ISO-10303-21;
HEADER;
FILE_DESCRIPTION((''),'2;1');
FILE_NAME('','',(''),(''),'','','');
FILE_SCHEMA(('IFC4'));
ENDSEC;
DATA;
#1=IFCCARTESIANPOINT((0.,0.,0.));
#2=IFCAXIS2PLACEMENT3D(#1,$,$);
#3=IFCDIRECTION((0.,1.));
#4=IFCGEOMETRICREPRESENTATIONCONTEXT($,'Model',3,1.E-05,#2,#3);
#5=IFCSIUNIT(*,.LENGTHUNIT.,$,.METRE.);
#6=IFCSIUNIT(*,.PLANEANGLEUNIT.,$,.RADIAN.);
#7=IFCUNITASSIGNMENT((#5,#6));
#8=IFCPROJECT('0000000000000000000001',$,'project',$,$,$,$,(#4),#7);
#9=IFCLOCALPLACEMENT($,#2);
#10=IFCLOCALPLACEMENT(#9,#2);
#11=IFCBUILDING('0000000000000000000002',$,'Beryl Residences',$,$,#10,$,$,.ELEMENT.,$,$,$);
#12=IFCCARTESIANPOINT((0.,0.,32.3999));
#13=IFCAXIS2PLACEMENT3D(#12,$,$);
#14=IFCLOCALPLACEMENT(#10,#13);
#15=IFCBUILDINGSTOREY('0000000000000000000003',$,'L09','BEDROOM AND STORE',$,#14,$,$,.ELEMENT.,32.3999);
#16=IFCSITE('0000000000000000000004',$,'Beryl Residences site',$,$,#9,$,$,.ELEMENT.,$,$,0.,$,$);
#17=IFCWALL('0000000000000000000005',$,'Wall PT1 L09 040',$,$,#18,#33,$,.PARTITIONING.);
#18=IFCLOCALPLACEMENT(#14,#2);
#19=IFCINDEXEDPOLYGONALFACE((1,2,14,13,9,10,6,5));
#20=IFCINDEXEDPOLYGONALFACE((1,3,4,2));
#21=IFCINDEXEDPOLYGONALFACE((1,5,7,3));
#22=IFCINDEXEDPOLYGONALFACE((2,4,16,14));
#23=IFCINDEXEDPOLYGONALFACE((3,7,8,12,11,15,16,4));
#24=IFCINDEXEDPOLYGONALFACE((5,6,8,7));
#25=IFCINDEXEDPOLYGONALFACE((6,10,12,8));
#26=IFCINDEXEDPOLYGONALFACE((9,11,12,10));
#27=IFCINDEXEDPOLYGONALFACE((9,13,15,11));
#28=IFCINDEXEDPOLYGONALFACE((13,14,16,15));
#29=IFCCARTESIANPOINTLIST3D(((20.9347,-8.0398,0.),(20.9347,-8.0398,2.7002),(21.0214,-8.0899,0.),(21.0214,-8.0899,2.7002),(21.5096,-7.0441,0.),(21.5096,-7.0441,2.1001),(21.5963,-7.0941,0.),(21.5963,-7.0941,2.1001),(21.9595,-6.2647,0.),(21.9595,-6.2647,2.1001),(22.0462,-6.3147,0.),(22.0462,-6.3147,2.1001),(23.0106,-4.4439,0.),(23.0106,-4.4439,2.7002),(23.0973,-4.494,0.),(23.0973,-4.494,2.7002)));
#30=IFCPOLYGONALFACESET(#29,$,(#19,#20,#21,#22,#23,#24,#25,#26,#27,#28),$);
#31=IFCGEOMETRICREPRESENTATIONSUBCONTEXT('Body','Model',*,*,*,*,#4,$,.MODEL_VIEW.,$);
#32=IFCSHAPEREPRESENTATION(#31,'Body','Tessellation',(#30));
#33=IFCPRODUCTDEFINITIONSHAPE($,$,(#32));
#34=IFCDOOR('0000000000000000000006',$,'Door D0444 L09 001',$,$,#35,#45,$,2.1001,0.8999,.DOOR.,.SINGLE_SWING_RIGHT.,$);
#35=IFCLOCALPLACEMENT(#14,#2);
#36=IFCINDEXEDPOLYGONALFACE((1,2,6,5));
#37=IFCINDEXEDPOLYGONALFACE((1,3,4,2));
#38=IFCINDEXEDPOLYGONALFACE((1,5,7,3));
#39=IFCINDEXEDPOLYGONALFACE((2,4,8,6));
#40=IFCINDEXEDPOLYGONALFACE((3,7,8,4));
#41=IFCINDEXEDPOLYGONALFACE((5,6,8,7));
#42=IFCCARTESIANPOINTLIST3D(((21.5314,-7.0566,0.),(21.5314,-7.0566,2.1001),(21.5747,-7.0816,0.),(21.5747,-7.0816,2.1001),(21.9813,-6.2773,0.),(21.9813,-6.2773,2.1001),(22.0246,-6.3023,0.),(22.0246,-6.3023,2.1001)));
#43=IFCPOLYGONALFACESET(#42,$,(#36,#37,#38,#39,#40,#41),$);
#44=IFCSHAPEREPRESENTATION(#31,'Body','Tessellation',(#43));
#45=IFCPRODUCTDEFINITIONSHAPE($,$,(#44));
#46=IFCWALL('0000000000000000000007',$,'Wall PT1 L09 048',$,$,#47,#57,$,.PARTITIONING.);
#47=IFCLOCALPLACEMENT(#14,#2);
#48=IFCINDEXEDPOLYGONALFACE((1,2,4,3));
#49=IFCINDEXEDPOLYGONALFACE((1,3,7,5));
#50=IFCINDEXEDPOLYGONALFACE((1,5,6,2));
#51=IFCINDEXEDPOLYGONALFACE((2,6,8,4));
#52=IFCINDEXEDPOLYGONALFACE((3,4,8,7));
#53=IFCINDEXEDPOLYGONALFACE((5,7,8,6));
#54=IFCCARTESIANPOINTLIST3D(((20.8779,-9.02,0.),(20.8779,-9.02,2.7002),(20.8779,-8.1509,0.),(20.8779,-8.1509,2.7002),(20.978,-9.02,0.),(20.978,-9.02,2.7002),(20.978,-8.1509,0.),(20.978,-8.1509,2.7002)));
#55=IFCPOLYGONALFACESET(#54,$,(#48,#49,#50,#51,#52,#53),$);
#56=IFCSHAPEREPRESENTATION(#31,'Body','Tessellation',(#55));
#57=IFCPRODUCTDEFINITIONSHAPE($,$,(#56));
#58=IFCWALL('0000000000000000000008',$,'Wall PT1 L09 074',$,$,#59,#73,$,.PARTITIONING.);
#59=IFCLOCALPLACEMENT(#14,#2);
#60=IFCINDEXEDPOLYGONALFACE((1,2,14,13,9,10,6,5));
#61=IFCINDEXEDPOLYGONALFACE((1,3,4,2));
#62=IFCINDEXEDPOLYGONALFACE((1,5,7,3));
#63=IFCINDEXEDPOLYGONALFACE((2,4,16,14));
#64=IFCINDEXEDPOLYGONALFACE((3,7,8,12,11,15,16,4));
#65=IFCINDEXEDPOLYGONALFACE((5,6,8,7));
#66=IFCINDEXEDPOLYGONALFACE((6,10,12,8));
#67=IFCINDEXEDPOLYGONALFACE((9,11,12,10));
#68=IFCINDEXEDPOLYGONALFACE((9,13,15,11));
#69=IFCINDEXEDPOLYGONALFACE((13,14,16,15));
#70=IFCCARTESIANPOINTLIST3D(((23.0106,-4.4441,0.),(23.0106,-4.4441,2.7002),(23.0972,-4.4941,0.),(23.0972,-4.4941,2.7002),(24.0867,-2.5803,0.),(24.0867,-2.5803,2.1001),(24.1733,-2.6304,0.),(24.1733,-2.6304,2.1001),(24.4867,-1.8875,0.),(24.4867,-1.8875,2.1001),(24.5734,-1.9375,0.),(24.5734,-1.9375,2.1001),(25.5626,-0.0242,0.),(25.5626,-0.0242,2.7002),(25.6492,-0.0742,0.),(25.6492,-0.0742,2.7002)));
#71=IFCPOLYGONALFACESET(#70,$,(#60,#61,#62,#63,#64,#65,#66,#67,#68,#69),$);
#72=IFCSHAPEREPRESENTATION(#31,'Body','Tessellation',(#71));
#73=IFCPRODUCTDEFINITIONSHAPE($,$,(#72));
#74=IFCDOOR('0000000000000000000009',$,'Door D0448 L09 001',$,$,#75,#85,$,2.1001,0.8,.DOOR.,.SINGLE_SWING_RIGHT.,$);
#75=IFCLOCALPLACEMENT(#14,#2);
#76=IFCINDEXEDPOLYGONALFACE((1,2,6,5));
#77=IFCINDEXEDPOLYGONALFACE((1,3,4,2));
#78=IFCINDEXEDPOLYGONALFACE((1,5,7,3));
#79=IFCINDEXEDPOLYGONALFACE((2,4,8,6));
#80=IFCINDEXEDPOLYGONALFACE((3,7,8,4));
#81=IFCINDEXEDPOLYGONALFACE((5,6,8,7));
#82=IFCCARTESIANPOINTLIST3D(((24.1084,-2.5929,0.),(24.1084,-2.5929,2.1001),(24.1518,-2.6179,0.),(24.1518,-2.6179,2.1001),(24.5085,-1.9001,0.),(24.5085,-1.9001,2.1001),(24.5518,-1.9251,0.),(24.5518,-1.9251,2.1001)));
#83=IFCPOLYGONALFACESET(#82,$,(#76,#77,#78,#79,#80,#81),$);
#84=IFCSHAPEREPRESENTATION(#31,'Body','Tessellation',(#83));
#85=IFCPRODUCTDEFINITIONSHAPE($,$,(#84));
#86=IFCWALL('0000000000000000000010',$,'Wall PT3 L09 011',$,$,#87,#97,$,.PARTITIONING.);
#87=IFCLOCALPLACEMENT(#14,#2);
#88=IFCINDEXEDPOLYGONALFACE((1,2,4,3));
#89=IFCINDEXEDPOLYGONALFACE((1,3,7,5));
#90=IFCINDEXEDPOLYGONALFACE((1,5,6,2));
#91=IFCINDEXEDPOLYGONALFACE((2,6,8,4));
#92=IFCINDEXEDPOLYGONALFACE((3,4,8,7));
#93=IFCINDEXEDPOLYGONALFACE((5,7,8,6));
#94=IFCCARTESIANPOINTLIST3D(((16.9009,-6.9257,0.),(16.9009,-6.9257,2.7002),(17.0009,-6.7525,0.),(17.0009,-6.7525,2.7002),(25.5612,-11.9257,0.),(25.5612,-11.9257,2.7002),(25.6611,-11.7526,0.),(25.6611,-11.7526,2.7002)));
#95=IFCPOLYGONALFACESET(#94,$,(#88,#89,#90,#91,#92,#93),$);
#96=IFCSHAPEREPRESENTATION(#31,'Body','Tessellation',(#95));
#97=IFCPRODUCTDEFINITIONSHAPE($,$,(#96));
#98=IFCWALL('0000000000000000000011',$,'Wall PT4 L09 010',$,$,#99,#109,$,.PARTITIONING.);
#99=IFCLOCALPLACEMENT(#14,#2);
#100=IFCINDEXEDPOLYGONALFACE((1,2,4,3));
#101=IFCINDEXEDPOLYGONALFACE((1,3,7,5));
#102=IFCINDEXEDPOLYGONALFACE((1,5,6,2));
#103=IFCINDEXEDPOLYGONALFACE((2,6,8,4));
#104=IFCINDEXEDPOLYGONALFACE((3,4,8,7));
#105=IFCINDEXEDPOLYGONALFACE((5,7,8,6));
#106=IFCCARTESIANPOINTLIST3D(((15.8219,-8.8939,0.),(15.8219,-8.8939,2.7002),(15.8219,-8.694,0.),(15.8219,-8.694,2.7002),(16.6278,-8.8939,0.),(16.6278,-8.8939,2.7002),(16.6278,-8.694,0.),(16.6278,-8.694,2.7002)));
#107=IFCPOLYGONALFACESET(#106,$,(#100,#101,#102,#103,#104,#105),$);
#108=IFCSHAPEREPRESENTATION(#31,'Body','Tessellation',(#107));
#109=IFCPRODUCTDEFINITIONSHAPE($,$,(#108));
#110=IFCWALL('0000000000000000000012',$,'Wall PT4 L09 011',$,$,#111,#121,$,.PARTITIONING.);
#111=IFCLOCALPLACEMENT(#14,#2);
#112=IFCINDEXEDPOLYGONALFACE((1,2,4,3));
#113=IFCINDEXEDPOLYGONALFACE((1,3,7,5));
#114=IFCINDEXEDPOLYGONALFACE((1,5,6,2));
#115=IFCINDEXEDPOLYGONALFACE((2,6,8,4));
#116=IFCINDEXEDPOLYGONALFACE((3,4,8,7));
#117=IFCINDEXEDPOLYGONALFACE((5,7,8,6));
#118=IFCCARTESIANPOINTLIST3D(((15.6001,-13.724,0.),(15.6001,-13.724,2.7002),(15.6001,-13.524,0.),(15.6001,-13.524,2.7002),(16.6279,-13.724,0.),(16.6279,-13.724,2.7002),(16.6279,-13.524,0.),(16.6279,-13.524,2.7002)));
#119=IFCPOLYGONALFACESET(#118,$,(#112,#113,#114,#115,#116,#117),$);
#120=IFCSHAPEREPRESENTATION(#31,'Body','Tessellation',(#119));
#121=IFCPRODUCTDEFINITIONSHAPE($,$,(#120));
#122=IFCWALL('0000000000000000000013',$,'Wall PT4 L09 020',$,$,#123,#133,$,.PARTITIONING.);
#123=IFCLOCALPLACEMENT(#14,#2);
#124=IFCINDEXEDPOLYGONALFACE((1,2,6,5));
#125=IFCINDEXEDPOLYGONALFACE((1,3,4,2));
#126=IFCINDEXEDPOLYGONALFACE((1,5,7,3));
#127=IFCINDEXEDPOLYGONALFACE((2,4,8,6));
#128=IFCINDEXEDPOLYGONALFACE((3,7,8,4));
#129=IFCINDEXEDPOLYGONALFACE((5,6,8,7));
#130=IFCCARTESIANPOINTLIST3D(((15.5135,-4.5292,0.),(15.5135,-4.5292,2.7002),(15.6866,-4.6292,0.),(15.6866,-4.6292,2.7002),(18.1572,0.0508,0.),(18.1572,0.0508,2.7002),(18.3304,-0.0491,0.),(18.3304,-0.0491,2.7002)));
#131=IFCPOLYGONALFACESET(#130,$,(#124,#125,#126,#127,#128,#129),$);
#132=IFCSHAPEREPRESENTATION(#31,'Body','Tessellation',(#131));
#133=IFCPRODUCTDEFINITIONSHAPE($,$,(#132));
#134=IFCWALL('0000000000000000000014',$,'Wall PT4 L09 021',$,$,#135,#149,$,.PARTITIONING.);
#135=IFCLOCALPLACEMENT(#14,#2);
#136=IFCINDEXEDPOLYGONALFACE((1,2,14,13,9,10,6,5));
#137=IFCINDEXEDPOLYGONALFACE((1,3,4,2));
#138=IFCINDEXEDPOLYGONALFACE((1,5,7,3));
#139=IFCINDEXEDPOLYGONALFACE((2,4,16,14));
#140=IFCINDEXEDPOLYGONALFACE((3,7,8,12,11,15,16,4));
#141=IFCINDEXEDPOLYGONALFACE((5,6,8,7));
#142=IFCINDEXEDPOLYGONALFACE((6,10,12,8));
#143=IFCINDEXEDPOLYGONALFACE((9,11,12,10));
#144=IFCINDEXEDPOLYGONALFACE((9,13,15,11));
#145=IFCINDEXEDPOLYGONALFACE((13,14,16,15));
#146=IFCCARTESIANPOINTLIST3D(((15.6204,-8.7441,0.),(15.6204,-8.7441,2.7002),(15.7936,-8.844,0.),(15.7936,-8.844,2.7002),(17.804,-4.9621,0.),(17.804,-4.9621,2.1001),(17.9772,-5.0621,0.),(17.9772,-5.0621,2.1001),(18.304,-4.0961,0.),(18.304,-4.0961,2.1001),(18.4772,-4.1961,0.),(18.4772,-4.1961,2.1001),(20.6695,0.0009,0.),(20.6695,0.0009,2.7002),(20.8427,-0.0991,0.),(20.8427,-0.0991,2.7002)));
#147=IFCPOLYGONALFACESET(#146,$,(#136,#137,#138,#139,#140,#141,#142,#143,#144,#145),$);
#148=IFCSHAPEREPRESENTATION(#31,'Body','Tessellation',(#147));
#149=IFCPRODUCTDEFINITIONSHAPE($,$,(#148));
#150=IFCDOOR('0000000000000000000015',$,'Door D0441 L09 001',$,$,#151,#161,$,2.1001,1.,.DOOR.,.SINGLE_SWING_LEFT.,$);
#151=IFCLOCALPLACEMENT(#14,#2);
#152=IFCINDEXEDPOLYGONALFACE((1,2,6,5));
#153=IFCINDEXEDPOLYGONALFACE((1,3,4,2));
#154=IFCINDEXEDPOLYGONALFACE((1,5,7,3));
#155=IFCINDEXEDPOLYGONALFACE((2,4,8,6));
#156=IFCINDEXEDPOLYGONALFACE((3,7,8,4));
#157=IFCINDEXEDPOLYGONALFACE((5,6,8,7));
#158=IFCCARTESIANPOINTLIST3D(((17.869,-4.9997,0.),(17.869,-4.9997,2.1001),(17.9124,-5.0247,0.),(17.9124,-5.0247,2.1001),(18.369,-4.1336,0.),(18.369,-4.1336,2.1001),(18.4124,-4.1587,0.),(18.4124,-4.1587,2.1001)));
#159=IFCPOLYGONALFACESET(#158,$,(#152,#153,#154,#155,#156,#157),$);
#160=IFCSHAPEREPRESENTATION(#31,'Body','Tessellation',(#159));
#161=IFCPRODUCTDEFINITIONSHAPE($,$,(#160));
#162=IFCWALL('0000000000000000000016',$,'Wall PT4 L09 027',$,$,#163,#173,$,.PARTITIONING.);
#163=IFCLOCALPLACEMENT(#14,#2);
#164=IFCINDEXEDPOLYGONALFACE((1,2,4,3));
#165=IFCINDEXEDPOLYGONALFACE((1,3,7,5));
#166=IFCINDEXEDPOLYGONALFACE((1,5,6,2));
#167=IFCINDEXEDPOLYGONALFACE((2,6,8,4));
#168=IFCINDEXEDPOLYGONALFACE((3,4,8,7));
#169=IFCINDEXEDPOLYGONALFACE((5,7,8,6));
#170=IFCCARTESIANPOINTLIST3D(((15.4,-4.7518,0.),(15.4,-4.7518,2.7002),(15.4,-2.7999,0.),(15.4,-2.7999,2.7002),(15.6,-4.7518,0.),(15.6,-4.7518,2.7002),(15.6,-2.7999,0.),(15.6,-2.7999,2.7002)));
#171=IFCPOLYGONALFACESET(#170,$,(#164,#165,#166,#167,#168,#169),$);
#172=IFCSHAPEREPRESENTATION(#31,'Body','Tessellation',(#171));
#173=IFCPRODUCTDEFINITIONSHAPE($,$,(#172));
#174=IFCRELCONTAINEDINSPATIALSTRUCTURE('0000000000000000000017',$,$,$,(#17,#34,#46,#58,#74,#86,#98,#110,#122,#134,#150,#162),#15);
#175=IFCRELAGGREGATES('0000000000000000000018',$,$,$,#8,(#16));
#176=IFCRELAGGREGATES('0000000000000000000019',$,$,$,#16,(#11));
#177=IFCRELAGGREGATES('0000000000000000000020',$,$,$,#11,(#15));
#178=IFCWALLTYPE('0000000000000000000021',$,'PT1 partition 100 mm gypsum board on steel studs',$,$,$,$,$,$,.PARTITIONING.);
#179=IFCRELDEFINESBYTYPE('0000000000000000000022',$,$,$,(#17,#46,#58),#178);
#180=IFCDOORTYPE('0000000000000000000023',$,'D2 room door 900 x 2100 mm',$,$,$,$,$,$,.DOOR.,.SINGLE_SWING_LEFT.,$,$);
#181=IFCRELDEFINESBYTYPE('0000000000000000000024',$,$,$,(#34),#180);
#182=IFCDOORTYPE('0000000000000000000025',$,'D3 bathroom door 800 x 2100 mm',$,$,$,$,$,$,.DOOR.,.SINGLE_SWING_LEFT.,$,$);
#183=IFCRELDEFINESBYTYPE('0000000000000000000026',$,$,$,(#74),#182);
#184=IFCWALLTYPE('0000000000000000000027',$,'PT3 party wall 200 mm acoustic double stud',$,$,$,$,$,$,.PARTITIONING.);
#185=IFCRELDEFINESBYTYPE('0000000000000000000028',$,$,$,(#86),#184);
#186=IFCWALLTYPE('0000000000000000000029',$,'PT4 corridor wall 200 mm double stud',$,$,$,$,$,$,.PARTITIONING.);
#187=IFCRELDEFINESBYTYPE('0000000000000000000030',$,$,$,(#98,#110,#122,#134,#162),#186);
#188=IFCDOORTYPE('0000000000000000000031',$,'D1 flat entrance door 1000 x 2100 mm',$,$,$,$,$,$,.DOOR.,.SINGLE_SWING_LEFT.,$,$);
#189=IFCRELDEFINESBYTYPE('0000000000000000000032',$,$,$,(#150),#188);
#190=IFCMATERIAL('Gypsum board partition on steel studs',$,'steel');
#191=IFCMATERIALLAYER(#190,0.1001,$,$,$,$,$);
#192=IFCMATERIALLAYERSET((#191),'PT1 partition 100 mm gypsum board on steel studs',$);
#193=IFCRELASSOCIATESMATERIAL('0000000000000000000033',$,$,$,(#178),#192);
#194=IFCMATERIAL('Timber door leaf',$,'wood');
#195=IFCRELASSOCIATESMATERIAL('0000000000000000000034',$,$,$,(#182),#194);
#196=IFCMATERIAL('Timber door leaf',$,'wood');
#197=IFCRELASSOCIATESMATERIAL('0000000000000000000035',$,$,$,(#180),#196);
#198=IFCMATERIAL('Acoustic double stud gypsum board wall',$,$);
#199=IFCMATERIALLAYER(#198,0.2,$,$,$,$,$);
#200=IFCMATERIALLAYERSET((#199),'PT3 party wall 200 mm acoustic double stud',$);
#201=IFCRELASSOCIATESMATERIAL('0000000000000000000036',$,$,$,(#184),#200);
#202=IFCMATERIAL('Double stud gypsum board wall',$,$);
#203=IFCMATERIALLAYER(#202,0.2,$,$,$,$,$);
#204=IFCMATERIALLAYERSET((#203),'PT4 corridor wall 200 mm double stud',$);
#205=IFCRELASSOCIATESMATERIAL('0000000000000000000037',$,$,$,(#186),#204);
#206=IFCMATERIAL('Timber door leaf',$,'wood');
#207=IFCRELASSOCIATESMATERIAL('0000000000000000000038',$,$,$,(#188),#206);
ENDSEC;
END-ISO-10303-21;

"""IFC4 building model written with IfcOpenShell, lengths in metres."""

from ifc_helpers import new_model, si_unit, direction, frame, frame_2d, origin, place, context, subcontext, project, spatial, rectangle, extrude, material, layer, layer_set, type_object, element, fill, save


model = new_model("IFC4")

# Units and contexts
model_context = context("Model", 3, precision=1e-05, world=origin(), true_north=direction((0.0, 1.0)))
body_context = subcontext(model_context, "Body", "Model", "MODEL_VIEW")
ifc_project = project(units=[si_unit("LENGTHUNIT", "METRE"), si_unit("PLANEANGLEUNIT", "RADIAN")], contexts=[model_context])

# Site, building, storey
site_placement = place(None, origin())
site = spatial("IfcSite", under=ifc_project, at=site_placement, Name="Beryl Residences site", CompositionType="ELEMENT", RefElevation=0.0)
building_placement = place(site_placement, origin())
building = spatial("IfcBuilding", under=site, at=building_placement, Name="Beryl Residences", CompositionType="ELEMENT")
storey_placement = place(building_placement, frame((0.0, 0.0, 32.3999)))
storey = spatial("IfcBuildingStorey", under=building, at=storey_placement, Name="L09", Description="BEDROOM AND STORE", CompositionType="ELEMENT", Elevation=32.3999)

# Shared definitions
ifc_material_1 = material(Name="Gypsum board partition on steel studs", Category="steel")
ifc_layer_1 = layer(ifc_material_1, 0.1001)
ifc_layer_set_1 = layer_set([ifc_layer_1], Name="PT1 partition 100 mm gypsum board on steel studs")
wall_type_1 = type_object("IfcWallType", Name="PT1 partition 100 mm gypsum board on steel studs", PredefinedType="PARTITIONING", material=ifc_layer_set_1)

# Wall, opening, door
ifc_material_2 = material(Name="Timber door leaf", Category="wood")
door_type_1 = type_object("IfcDoorType", Name="D3 bathroom door 800 x 2100 mm", OperationType="SINGLE_SWING_LEFT", PredefinedType="DOOR", material=ifc_material_2)
ifc_material_3 = material(Name="Timber door leaf", Category="wood")
door_type_2 = type_object("IfcDoorType", Name="D2 room door 900 x 2100 mm", OperationType="SINGLE_SWING_LEFT", PredefinedType="DOOR", material=ifc_material_3)
wall_1_placement = place(storey_placement, frame((20.978, -8.0649, 0.0), z_axis=(0.0, 0.0, 1.0), x_axis=(0.499965, 0.866046, 0.0)))
wall_1 = element("IfcWall", 1, at=wall_1_placement, inside=storey, type_object=wall_type_1, Name="Wall PT1 L09 040", PredefinedType="PARTITIONING", context=body_context, shape_type="SweptSolid", body=[
    extrude(rectangle(XDim=4.1521, YDim=0.1001, at=frame_2d((2.0762, 0.0))), origin(), (0.0, 0.0, 1.0), 2.7002),
])
opening_1_placement = place(wall_1_placement, frame((1.1499, 0.0, 0.0)))
opening_1 = element("IfcOpeningElement", 2, at=opening_1_placement, cuts=wall_1, PredefinedType="OPENING", context=body_context, shape_type="SweptSolid", body=[
    extrude(rectangle(XDim=0.8999, YDim=2.1001, at=frame_2d((0.45, 1.05))), frame((0.0, 0.0601, 0.0), z_axis=(0.0, -1.0, 0.0), x_axis=(1.0, 0.0, 0.0)), (0.0, 0.0, 1.0), 0.1201),
])
door_1_placement = place(opening_1_placement, origin())
door_1 = element("IfcDoor", 3, at=door_1_placement, inside=storey, type_object=door_type_2, Name="Door D0444 L09 001", OperationType="SINGLE_SWING_RIGHT", OverallHeight=2.1001, OverallWidth=0.8999, PredefinedType="DOOR", context=body_context, shape_type="SweptSolid", body=[
    extrude(rectangle(XDim=0.8999, YDim=2.1001, at=frame_2d((0.45, 1.05))), frame((0.0, 0.0249, 0.0), z_axis=(0.0, -1.0, 0.0), x_axis=(1.0, 0.0, 0.0)), (0.0, 0.0, 1.0), 0.05),
])
fill(opening_1, door_1)

# Wall
wall_2_placement = place(storey_placement, frame((20.928, -9.02, 0.0), z_axis=(0.0, 0.0, 1.0), x_axis=(0.0, 1.0, 0.0)))
element("IfcWall", 4, at=wall_2_placement, inside=storey, type_object=wall_type_1, Name="Wall PT1 L09 048", PredefinedType="PARTITIONING", context=body_context, shape_type="SweptSolid", body=[
    extrude(rectangle(XDim=0.8691, YDim=0.1001, at=frame_2d((0.4346, 0.0))), origin(), (0.0, 0.0, 1.0), 2.7002),
])

# Wall, opening, door
wall_3_placement = place(storey_placement, frame((23.054, -4.469, 0.0), z_axis=(0.0, 0.0, 1.0), x_axis=(0.500023, 0.866012, 0.0)))
wall_3 = element("IfcWall", 5, at=wall_3_placement, inside=storey, type_object=wall_type_1, Name="Wall PT1 L09 074", PredefinedType="PARTITIONING", context=body_context, shape_type="SweptSolid", body=[
    extrude(rectangle(XDim=5.1038, YDim=0.1001, at=frame_2d((2.5518, 0.0))), origin(), (0.0, 0.0, 1.0), 2.7002),
])
opening_2_placement = place(wall_3_placement, frame((2.1521, 0.0, 0.0)))
opening_2 = element("IfcOpeningElement", 6, at=opening_2_placement, cuts=wall_3, PredefinedType="OPENING", context=body_context, shape_type="SweptSolid", body=[
    extrude(rectangle(XDim=0.8, YDim=2.1001, at=frame_2d((0.3999, 1.05))), frame((0.0, 0.0601, 0.0), z_axis=(0.0, -1.0, 0.0), x_axis=(1.0, 0.0, 0.0)), (0.0, 0.0, 1.0), 0.1201),
])
door_2_placement = place(opening_2_placement, origin())
door_2 = element("IfcDoor", 7, at=door_2_placement, inside=storey, type_object=door_type_1, Name="Door D0448 L09 001", OperationType="SINGLE_SWING_RIGHT", OverallHeight=2.1001, OverallWidth=0.8, PredefinedType="DOOR", context=body_context, shape_type="SweptSolid", body=[
    extrude(rectangle(XDim=0.8, YDim=2.1001, at=frame_2d((0.3999, 1.05))), frame((0.0, 0.0249, 0.0), z_axis=(0.0, -1.0, 0.0), x_axis=(1.0, 0.0, 0.0)), (0.0, 0.0, 1.0), 0.05),
])
fill(opening_2, door_2)

# Walls
ifc_material_4 = material(Name="Acoustic double stud gypsum board wall")
ifc_layer_2 = layer(ifc_material_4, 0.2)
ifc_layer_set_2 = layer_set([ifc_layer_2], Name="PT3 party wall 200 mm acoustic double stud")
wall_type_2 = type_object("IfcWallType", Name="PT3 party wall 200 mm acoustic double stud", PredefinedType="PARTITIONING", material=ifc_layer_set_2)
wall_4_placement = place(storey_placement, frame((16.9509, -6.8391, 0.0), z_axis=(0.0, 0.0, 1.0), x_axis=(0.866023, -0.500004, 0.0)))
element("IfcWall", 8, at=wall_4_placement, inside=storey, type_object=wall_type_2, Name="Wall PT3 L09 011", PredefinedType="PARTITIONING", context=body_context, shape_type="SweptSolid", body=[
    extrude(rectangle(XDim=10.0, YDim=0.2, at=frame_2d((5.0, 0.0))), origin(), (0.0, 0.0, 1.0), 2.7002),
])
ifc_material_5 = material(Name="Double stud gypsum board wall")
ifc_layer_3 = layer(ifc_material_5, 0.2)
ifc_layer_set_3 = layer_set([ifc_layer_3], Name="PT4 corridor wall 200 mm double stud")
wall_type_3 = type_object("IfcWallType", Name="PT4 corridor wall 200 mm double stud", PredefinedType="PARTITIONING", material=ifc_layer_set_3)
wall_5_placement = place(storey_placement, frame((15.822, -8.7939, 0.0), z_axis=(0.0, 0.0, 1.0), x_axis=(1.0, 0.0, 0.0)))
element("IfcWall", 9, at=wall_5_placement, inside=storey, type_object=wall_type_3, Name="Wall PT4 L09 010", PredefinedType="PARTITIONING", context=body_context, shape_type="SweptSolid", body=[
    extrude(rectangle(XDim=0.8059, YDim=0.2, at=frame_2d((0.4028, 0.0))), origin(), (0.0, 0.0, 1.0), 2.7002),
])
wall_6_placement = place(storey_placement, frame((15.6001, -13.624, 0.0), z_axis=(0.0, 0.0, 1.0), x_axis=(1.0, 0.0, 0.0)))
element("IfcWall", 10, at=wall_6_placement, inside=storey, type_object=wall_type_3, Name="Wall PT4 L09 011", PredefinedType="PARTITIONING", context=body_context, shape_type="SweptSolid", body=[
    extrude(rectangle(XDim=1.0278, YDim=0.2, at=frame_2d((0.5139, 0.0))), origin(), (0.0, 0.0, 1.0), 2.7002),
])
wall_7_placement = place(storey_placement, frame((15.6001, -4.5791, 0.0), z_axis=(0.0, 0.0, 1.0), x_axis=(0.499928, 0.866067, 0.0)))
element("IfcWall", 11, at=wall_7_placement, inside=storey, type_object=wall_type_3, Name="Wall PT4 L09 020", PredefinedType="PARTITIONING", context=body_context, shape_type="SweptSolid", body=[
    extrude(rectangle(XDim=5.2883, YDim=0.2, at=frame_2d((2.644, 0.0))), origin(), (0.0, 0.0, 1.0), 2.7002),
])

# Wall, opening, door
wall_8_placement = place(storey_placement, frame((15.707, -8.7939, 0.0), z_axis=(0.0, 0.0, 1.0), x_axis=(0.500016, 0.866016, 0.0)))
wall_8 = element("IfcWall", 12, at=wall_8_placement, inside=storey, type_object=wall_type_3, Name="Wall PT4 L09 021", PredefinedType="PARTITIONING", context=body_context, shape_type="SweptSolid", body=[
    extrude(rectangle(XDim=10.0979, YDim=0.2, at=frame_2d((5.0488, 0.0))), origin(), (0.0, 0.0, 1.0), 2.7002),
])
opening_3_placement = place(wall_8_placement, frame((4.3669, 0.0, 0.0)))
opening_3 = element("IfcOpeningElement", 13, at=opening_3_placement, cuts=wall_8, PredefinedType="OPENING", context=body_context, shape_type="SweptSolid", body=[
    extrude(rectangle(XDim=1.0, YDim=2.1001, at=frame_2d((0.5, 1.05))), frame((0.0, 0.1099, 0.0), z_axis=(0.0, -1.0, 0.0), x_axis=(1.0, 0.0, 0.0)), (0.0, 0.0, 1.0), 0.22),
])
ifc_material_6 = material(Name="Timber door leaf", Category="wood")
door_type_3 = type_object("IfcDoorType", Name="D1 flat entrance door 1000 x 2100 mm", OperationType="SINGLE_SWING_LEFT", PredefinedType="DOOR", material=ifc_material_6)
door_3_placement = place(opening_3_placement, origin())
door_3 = element("IfcDoor", 14, at=door_3_placement, inside=storey, type_object=door_type_3, Name="Door D0441 L09 001", OperationType="SINGLE_SWING_LEFT", OverallHeight=2.1001, OverallWidth=1.0, PredefinedType="DOOR", context=body_context, shape_type="SweptSolid", body=[
    extrude(rectangle(XDim=1.0, YDim=2.1001, at=frame_2d((0.5, 1.05))), frame((0.0, 0.0249, 0.0), z_axis=(0.0, -1.0, 0.0), x_axis=(1.0, 0.0, 0.0)), (0.0, 0.0, 1.0), 0.05),
])
fill(opening_3, door_3)

# Wall
wall_9_placement = place(storey_placement, frame((15.5, -4.752, 0.0), z_axis=(0.0, 0.0, 1.0), x_axis=(0.0, 1.0, 0.0)))
element("IfcWall", 15, at=wall_9_placement, inside=storey, type_object=wall_type_3, Name="Wall PT4 L09 027", PredefinedType="PARTITIONING", context=body_context, shape_type="SweptSolid", body=[
    extrude(rectangle(XDim=1.9519, YDim=0.2, at=frame_2d((0.9761, 0.0))), origin(), (0.0, 0.0, 1.0), 2.7002),
])

save(model, "model.ifc")
